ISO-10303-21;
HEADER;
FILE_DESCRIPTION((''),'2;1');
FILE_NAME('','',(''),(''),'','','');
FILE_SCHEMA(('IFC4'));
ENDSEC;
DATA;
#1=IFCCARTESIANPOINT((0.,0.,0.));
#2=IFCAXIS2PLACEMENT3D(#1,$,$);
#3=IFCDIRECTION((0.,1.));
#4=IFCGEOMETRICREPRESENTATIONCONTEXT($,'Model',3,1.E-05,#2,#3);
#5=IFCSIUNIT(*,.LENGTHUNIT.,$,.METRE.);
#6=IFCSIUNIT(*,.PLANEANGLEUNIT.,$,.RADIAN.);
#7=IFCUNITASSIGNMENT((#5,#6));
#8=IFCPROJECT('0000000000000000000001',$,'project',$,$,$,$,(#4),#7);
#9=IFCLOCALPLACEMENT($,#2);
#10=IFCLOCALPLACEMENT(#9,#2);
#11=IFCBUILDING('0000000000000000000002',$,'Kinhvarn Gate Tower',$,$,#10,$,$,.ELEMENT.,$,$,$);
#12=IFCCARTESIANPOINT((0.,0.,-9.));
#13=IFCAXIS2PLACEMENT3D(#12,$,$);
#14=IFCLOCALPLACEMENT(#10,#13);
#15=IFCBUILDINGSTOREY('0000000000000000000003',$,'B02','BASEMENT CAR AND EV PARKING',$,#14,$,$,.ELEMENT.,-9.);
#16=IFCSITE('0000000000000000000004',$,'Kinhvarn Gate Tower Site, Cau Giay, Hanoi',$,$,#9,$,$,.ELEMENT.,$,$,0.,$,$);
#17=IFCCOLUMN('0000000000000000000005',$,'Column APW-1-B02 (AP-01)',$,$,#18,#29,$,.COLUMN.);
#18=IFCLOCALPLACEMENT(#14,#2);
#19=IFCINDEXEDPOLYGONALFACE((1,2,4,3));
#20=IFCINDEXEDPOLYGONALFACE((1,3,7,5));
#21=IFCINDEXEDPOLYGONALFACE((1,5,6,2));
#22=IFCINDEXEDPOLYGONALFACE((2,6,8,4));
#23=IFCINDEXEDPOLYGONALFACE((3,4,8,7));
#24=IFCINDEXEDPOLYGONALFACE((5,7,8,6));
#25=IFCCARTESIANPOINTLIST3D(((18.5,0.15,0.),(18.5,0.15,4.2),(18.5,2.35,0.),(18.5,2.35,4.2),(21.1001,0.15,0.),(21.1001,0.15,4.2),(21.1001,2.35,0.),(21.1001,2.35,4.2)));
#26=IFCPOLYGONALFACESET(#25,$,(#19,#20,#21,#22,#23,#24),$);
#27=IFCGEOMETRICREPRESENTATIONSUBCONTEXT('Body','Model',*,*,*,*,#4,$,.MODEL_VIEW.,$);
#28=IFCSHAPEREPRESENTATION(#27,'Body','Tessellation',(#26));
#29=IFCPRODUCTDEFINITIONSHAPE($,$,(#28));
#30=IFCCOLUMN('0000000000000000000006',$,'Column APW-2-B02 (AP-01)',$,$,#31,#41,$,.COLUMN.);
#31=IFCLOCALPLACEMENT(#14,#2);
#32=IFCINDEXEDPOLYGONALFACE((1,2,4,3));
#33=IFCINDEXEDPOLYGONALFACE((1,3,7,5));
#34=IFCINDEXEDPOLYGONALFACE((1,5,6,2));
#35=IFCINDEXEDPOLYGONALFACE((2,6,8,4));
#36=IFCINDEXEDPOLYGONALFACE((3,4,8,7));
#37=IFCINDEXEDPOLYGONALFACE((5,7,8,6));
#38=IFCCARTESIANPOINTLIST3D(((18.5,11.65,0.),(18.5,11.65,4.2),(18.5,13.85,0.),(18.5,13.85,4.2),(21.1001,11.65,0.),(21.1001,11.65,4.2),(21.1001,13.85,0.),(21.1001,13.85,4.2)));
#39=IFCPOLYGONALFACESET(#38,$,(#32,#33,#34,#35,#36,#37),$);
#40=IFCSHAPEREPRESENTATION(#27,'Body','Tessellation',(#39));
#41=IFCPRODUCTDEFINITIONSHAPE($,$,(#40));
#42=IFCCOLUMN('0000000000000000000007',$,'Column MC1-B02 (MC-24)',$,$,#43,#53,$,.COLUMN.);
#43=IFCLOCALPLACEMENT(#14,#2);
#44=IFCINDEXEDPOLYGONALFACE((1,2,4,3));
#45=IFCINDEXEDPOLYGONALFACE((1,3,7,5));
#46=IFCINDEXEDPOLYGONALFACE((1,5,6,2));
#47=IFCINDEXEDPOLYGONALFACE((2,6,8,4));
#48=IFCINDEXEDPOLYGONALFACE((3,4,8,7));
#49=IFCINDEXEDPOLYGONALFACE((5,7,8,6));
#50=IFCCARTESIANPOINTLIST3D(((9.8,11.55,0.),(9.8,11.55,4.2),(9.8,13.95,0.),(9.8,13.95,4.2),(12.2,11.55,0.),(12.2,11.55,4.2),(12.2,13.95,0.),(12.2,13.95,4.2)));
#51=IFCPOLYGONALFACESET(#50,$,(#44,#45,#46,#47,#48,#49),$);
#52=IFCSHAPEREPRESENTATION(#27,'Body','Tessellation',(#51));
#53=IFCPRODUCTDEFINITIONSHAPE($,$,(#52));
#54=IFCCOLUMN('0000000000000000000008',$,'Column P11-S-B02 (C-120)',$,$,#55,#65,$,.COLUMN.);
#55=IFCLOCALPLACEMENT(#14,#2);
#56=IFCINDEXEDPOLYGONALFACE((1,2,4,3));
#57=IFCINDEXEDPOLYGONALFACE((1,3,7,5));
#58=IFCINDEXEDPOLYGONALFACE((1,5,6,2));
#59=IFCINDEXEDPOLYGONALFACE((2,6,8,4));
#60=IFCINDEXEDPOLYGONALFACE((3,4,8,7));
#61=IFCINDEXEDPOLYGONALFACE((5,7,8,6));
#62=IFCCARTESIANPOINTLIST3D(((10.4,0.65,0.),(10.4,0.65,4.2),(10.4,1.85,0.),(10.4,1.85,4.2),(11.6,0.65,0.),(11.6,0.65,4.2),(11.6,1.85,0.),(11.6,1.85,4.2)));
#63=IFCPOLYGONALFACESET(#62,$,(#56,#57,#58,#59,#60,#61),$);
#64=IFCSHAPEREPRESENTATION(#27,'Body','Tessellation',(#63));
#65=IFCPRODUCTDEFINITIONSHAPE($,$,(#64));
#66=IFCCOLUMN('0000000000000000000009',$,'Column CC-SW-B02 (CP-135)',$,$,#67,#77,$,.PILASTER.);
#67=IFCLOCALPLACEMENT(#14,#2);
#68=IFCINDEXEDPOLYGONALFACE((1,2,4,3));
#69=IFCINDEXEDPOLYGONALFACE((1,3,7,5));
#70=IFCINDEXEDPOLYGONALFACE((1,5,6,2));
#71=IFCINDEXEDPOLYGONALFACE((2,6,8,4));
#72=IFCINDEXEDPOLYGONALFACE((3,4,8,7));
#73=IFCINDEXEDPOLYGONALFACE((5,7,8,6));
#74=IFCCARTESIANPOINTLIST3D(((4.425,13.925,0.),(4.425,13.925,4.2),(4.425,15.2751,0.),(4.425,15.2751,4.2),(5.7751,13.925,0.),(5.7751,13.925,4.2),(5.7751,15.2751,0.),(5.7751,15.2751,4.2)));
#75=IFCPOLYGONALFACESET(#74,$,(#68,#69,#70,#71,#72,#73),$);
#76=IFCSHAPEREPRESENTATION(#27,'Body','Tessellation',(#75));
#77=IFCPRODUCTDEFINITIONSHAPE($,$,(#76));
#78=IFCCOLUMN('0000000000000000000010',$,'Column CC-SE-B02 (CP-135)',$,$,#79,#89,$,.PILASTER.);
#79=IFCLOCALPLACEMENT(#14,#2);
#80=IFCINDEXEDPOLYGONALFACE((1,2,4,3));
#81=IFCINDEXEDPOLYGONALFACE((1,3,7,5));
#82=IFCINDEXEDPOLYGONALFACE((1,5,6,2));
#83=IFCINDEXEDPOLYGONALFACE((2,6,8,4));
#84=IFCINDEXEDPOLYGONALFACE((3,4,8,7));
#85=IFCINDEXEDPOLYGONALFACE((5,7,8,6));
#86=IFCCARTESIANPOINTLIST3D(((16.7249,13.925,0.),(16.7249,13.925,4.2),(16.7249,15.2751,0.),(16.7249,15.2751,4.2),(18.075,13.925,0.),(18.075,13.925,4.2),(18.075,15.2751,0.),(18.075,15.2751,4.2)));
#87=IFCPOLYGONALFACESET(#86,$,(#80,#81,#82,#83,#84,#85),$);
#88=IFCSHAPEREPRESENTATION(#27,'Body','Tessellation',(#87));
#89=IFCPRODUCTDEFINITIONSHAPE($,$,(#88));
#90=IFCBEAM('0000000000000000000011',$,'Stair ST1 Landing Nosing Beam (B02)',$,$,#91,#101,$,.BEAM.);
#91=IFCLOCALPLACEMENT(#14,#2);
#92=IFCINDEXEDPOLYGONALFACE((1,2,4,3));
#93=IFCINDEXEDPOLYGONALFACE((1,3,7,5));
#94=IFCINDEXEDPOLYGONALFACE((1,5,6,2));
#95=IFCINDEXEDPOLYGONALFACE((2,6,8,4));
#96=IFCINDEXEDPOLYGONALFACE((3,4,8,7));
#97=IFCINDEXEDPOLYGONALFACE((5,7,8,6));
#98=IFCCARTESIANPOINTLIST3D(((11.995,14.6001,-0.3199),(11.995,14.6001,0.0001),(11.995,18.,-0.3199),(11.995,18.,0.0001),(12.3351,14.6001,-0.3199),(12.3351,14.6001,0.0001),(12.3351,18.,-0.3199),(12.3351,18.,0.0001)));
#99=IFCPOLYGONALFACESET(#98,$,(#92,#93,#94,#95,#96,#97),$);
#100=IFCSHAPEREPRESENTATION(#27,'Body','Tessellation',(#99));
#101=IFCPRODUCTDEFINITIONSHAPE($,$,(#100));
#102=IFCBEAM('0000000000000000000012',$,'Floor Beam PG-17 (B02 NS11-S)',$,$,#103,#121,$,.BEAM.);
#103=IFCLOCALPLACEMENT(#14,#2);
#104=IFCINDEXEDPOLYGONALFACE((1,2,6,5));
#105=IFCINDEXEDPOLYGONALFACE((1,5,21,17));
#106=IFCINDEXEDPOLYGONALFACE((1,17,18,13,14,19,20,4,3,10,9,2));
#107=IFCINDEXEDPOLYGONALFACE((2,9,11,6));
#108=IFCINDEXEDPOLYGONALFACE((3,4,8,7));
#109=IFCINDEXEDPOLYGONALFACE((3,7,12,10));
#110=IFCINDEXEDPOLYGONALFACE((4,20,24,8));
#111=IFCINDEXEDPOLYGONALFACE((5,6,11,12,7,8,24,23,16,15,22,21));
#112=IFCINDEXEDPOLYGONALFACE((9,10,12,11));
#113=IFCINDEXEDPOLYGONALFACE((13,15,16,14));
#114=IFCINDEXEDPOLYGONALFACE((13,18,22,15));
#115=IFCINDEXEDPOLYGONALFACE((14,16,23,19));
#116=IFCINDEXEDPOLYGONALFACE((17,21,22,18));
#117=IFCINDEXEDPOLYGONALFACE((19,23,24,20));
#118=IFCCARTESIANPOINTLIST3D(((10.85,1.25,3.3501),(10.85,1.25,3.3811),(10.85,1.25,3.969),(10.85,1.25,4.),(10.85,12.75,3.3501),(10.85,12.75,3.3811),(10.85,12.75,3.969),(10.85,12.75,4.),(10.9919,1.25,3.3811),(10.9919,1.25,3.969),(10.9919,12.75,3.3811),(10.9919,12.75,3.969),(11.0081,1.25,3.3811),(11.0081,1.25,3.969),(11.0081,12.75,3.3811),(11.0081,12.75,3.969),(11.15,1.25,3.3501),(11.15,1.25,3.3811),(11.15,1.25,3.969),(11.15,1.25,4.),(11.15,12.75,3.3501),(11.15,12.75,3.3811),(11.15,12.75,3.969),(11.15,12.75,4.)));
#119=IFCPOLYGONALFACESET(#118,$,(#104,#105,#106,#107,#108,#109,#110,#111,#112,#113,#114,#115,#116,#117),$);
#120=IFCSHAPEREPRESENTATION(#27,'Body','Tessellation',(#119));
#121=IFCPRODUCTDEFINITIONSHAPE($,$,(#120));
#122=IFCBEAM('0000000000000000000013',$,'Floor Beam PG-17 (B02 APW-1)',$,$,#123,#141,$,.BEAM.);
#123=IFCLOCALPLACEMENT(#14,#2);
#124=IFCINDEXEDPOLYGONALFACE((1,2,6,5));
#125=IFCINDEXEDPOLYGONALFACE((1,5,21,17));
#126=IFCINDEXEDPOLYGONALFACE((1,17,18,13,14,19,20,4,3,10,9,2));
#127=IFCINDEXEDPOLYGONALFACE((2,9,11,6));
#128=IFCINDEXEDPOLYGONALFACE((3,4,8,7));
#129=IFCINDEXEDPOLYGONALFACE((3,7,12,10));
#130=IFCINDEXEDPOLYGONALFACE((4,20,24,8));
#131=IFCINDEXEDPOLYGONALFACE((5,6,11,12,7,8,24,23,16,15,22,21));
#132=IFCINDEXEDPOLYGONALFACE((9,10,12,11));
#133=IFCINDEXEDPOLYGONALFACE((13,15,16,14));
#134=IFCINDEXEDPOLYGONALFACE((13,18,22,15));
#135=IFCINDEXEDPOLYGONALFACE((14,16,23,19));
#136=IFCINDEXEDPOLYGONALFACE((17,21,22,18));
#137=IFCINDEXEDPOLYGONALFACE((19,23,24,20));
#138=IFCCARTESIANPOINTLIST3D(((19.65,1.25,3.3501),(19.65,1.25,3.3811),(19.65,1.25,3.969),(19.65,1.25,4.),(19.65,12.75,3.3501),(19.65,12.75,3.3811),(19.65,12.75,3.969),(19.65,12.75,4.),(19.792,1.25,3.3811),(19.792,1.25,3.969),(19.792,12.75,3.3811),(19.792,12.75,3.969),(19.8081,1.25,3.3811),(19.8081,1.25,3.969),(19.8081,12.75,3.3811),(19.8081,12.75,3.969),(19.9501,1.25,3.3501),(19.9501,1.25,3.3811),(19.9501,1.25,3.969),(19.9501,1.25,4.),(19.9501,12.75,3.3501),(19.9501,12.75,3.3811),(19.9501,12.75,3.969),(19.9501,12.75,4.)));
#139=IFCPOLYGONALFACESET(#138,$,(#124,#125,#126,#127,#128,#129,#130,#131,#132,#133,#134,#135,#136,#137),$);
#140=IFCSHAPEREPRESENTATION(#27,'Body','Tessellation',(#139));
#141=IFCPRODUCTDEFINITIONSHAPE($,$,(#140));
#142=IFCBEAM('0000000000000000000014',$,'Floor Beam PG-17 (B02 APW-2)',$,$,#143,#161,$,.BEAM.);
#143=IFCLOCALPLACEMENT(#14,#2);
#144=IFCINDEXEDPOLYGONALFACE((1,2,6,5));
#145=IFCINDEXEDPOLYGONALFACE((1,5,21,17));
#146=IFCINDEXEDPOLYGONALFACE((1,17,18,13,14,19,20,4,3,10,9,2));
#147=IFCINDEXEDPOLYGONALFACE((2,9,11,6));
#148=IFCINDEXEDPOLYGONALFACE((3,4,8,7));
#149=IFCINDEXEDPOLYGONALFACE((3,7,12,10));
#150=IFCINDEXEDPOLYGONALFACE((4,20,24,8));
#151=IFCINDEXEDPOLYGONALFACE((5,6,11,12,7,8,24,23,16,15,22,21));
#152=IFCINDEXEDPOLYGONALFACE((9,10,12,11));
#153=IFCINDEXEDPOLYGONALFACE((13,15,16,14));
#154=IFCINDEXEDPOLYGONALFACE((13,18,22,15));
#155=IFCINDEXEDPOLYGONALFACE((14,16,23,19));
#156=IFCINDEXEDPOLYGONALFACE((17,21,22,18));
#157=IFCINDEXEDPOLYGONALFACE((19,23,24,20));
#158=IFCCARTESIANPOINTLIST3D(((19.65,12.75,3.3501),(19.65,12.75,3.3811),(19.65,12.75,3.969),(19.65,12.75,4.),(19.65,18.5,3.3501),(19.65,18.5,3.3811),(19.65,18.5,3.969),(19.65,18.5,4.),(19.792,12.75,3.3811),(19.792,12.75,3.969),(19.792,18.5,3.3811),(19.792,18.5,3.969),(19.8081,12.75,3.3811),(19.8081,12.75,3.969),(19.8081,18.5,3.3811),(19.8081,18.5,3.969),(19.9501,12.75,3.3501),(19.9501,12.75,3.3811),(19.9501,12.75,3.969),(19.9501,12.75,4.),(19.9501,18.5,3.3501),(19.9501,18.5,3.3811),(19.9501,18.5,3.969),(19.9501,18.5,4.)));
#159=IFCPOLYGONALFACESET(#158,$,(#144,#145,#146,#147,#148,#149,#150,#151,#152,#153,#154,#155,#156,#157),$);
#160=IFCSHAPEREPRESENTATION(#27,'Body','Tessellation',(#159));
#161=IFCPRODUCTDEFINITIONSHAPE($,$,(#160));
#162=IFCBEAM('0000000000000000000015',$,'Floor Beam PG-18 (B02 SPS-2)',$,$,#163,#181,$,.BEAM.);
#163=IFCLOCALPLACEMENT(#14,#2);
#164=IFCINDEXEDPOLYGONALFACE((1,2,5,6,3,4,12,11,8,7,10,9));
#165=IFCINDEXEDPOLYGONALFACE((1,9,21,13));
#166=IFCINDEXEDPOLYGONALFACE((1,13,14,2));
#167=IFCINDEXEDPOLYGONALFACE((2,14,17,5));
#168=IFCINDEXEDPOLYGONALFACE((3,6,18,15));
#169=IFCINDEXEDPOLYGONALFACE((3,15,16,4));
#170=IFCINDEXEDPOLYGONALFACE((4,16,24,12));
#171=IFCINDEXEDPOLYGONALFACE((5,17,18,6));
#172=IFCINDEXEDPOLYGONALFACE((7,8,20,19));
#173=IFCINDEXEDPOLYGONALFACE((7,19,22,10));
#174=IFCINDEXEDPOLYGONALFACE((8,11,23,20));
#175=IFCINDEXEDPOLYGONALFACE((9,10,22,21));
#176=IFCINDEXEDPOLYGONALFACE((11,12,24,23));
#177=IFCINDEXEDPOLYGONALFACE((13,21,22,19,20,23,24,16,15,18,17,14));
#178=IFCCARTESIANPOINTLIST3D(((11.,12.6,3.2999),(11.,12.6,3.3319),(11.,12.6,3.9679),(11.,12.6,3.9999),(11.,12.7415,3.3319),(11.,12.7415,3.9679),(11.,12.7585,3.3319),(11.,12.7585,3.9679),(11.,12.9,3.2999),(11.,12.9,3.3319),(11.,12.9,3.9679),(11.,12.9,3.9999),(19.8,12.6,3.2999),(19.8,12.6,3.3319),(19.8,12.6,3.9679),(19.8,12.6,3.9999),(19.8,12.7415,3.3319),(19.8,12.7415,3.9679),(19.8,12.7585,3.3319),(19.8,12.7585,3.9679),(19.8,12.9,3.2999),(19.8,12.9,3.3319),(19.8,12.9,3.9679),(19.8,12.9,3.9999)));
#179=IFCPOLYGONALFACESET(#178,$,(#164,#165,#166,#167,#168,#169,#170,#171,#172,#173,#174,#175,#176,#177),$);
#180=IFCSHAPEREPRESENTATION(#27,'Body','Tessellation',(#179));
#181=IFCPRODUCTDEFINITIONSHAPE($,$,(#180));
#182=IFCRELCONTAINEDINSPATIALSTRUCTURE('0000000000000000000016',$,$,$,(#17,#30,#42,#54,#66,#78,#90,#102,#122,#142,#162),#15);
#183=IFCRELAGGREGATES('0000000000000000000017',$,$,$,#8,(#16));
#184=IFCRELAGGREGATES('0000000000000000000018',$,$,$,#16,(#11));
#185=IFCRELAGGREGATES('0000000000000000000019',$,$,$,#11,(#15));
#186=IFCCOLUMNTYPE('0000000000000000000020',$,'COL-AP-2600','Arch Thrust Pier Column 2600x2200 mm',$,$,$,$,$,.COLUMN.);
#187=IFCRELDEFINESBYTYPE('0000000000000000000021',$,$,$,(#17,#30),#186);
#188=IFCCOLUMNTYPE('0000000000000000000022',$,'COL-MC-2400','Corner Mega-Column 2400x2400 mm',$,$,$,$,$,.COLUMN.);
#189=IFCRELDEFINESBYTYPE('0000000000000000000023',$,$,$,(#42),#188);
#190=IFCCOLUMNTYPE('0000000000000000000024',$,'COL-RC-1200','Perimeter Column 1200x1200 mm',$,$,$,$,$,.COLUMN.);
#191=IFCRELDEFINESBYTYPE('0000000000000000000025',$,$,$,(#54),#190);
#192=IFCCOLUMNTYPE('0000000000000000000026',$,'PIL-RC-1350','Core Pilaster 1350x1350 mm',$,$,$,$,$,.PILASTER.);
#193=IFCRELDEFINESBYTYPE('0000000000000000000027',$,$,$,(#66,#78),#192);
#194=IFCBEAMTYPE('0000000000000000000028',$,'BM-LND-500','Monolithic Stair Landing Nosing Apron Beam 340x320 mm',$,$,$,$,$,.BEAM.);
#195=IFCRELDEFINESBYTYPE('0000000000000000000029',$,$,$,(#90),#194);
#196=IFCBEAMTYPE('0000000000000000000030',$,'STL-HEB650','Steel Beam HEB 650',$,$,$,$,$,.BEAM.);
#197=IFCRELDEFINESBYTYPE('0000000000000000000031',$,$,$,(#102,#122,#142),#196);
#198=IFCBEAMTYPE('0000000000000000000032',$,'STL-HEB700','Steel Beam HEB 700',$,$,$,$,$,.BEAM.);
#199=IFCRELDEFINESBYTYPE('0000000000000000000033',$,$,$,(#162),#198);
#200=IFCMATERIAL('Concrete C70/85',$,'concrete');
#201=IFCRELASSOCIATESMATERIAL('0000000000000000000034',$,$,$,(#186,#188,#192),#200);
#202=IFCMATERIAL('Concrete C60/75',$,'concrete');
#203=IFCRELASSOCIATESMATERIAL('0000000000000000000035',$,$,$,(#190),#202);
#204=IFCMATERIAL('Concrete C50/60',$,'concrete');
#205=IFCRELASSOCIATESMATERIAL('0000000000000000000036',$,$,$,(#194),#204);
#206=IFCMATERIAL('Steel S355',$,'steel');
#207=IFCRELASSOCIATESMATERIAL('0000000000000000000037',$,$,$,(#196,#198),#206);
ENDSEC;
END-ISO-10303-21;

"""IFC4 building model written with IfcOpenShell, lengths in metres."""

from ifc_helpers import new_model, si_unit, direction, frame, origin, origin_2d, place, context, subcontext, project, spatial, rectangle, i_section, extrude, material, material_profile, profile_set, type_object, element, save


model = new_model("IFC4")

# Units and contexts
model_context = context("Model", 3, precision=1e-05, world=origin(), true_north=direction((0.0, 1.0)))
body_context = subcontext(model_context, "Body", "Model", "MODEL_VIEW")
ifc_project = project(units=[si_unit("LENGTHUNIT", "METRE"), si_unit("PLANEANGLEUNIT", "RADIAN")], contexts=[model_context])

# Site, building, storey
site_placement = place(None, origin())
site = spatial("IfcSite", under=ifc_project, at=site_placement, Name="Kinhvarn Gate Tower Site, Cau Giay, Hanoi", CompositionType="ELEMENT", RefElevation=0.0)
building_placement = place(site_placement, origin())
building = spatial("IfcBuilding", under=site, at=building_placement, Name="Kinhvarn Gate Tower", CompositionType="ELEMENT")
storey_placement = place(building_placement, frame((0.0, 0.0, -9.0)))
storey = spatial("IfcBuildingStorey", under=building, at=storey_placement, Name="B02", Description="BASEMENT CAR AND EV PARKING", CompositionType="ELEMENT", Elevation=-9.0)

# Columns
ifc_material_1 = material(Name="Concrete C70/85", Category="concrete")
ifc_material_profile_1 = material_profile(ifc_material_1, rectangle(XDim=2.6001, YDim=2.2, at=origin_2d()), Name="RC 2600x2200")
ifc_profile_set_1 = profile_set([ifc_material_profile_1], Name="Concrete C70/85")
column_type_1 = type_object("IfcColumnType", Name="COL-AP-2600", Description="Arch Thrust Pier Column 2600x2200 mm", PredefinedType="COLUMN", material=ifc_profile_set_1)
for number, where, z_axis, x_axis, name in (
    (1, (19.8, 1.25, 0.0), (0.0, 0.0, 1.0), (1.0, 0.0, 0.0), "Column APW-1-B02 (AP-01)"),
    (2, (19.8, 12.75, 0.0), (0.0, 0.0, 1.0), (1.0, 0.0, 0.0), "Column APW-2-B02 (AP-01)"),
):
    element("IfcColumn", number, at=place(storey_placement, frame(where, z_axis=z_axis, x_axis=x_axis)), inside=storey, type_object=column_type_1, Name=name, PredefinedType="COLUMN", context=body_context, shape_type="SweptSolid", body=[
        extrude(rectangle(XDim=2.6001, YDim=2.2, at=origin_2d()), origin(), (0.0, 0.0, 1.0), 4.2),
    ])
ifc_material_profile_2 = material_profile(ifc_material_1, rectangle(XDim=2.3999, YDim=2.3999, at=origin_2d()), Name="RC 2400x2400")
ifc_profile_set_2 = profile_set([ifc_material_profile_2], Name="Concrete C70/85")
column_type_2 = type_object("IfcColumnType", Name="COL-MC-2400", Description="Corner Mega-Column 2400x2400 mm", PredefinedType="COLUMN", material=ifc_profile_set_2)
column_1_placement = place(storey_placement, frame((11.0, 12.75, 0.0), z_axis=(0.0, 0.0, 1.0), x_axis=(1.0, 0.0, 0.0)))
element("IfcColumn", 3, at=column_1_placement, inside=storey, type_object=column_type_2, Name="Column MC1-B02 (MC-24)", PredefinedType="COLUMN", context=body_context, shape_type="SweptSolid", body=[
    extrude(rectangle(XDim=2.3999, YDim=2.3999, at=origin_2d()), origin(), (0.0, 0.0, 1.0), 4.2),
])
ifc_material_2 = material(Name="Concrete C60/75", Category="concrete")
ifc_material_profile_3 = material_profile(ifc_material_2, rectangle(XDim=1.2, YDim=1.2, at=origin_2d()), Name="RC 1200x1200")
ifc_profile_set_3 = profile_set([ifc_material_profile_3], Name="Concrete C60/75")
column_type_3 = type_object("IfcColumnType", Name="COL-RC-1200", Description="Perimeter Column 1200x1200 mm", PredefinedType="COLUMN", material=ifc_profile_set_3)
column_2_placement = place(storey_placement, frame((11.0, 1.25, 0.0), z_axis=(0.0, 0.0, 1.0), x_axis=(1.0, 0.0, 0.0)))
element("IfcColumn", 4, at=column_2_placement, inside=storey, type_object=column_type_3, Name="Column P11-S-B02 (C-120)", PredefinedType="COLUMN", context=body_context, shape_type="SweptSolid", body=[
    extrude(rectangle(XDim=1.2, YDim=1.2, at=origin_2d()), origin(), (0.0, 0.0, 1.0), 4.2),
])
ifc_material_profile_4 = material_profile(ifc_material_1, rectangle(XDim=1.3501, YDim=1.3501, at=origin_2d()), Name="RC 1350x1350")
ifc_profile_set_4 = profile_set([ifc_material_profile_4], Name="Concrete C70/85")
column_type_4 = type_object("IfcColumnType", Name="PIL-RC-1350", Description="Core Pilaster 1350x1350 mm", PredefinedType="PILASTER", material=ifc_profile_set_4)
for number, where, z_axis, x_axis, name in (
    (5, (5.1001, 14.6001, 0.0), (0.0, 0.0, 1.0), (1.0, 0.0, 0.0), "Column CC-SW-B02 (CP-135)"),
    (6, (17.3999, 14.6001, 0.0), (0.0, 0.0, 1.0), (1.0, 0.0, 0.0), "Column CC-SE-B02 (CP-135)"),
):
    element("IfcColumn", number, at=place(storey_placement, frame(where, z_axis=z_axis, x_axis=x_axis)), inside=storey, type_object=column_type_4, Name=name, PredefinedType="PILASTER", context=body_context, shape_type="SweptSolid", body=[
        extrude(rectangle(XDim=1.3501, YDim=1.3501, at=origin_2d()), origin(), (0.0, 0.0, 1.0), 4.2),
    ])

# Beams
ifc_material_3 = material(Name="Concrete C50/60", Category="concrete")
ifc_material_profile_5 = material_profile(ifc_material_3, rectangle(XDim=0.3401, YDim=0.3201, at=origin_2d()), Name="RC 340x320")
ifc_profile_set_5 = profile_set([ifc_material_profile_5], Name="Concrete C50/60")
beam_type_1 = type_object("IfcBeamType", Name="BM-LND-500", Description="Monolithic Stair Landing Nosing Apron Beam 340x320 mm", PredefinedType="BEAM", material=ifc_profile_set_5)
beam_1_placement = place(storey_placement, frame((12.165, 14.6001, -0.1599), z_axis=(0.0, 1.0, 0.0), x_axis=(-1.0, 0.0, 0.0)))
element("IfcBeam", 7, at=beam_1_placement, inside=storey, type_object=beam_type_1, Name="Stair ST1 Landing Nosing Beam (B02)", PredefinedType="BEAM", context=body_context, shape_type="SweptSolid", body=[
    extrude(rectangle(XDim=0.3401, YDim=0.3201, at=origin_2d()), origin(), (0.0, 0.0, 1.0), 3.3999),
])
ifc_material_4 = material(Name="Steel S355", Category="steel")
ifc_material_profile_6 = material_profile(ifc_material_4, i_section(OverallWidth=0.3, OverallDepth=0.6499, WebThickness=0.0161, FlangeThickness=0.031, at=origin_2d()), Name="HEB 650")
ifc_profile_set_6 = profile_set([ifc_material_profile_6], Name="Steel S355")
beam_type_2 = type_object("IfcBeamType", Name="STL-HEB650", Description="Steel Beam HEB 650", PredefinedType="BEAM", material=ifc_profile_set_6)
for number, where, z_axis, x_axis, name in (
    (8, (11.0, 1.25, 3.675), (0.0, 1.0, 0.0), (-1.0, 0.0, 0.0), "Floor Beam PG-17 (B02 NS11-S)"),
    (9, (19.8, 1.25, 3.675), (0.0, 1.0, 0.0), (-1.0, 0.0, 0.0), "Floor Beam PG-17 (B02 APW-1)"),
):
    element("IfcBeam", number, at=place(storey_placement, frame(where, z_axis=z_axis, x_axis=x_axis)), inside=storey, type_object=beam_type_2, Name=name, PredefinedType="BEAM", context=body_context, shape_type="SweptSolid", body=[
        extrude(i_section(OverallWidth=0.3, OverallDepth=0.6499, WebThickness=0.0161, FlangeThickness=0.031, at=origin_2d()), origin(), (0.0, 0.0, 1.0), 11.5),
    ])
beam_2_placement = place(storey_placement, frame((19.8, 12.75, 3.675), z_axis=(0.0, 1.0, 0.0), x_axis=(-1.0, 0.0, 0.0)))
element("IfcBeam", 10, at=beam_2_placement, inside=storey, type_object=beam_type_2, Name="Floor Beam PG-17 (B02 APW-2)", PredefinedType="BEAM", context=body_context, shape_type="SweptSolid", body=[
    extrude(i_section(OverallWidth=0.3, OverallDepth=0.6499, WebThickness=0.0161, FlangeThickness=0.031, at=origin_2d()), origin(), (0.0, 0.0, 1.0), 5.75),
])
ifc_material_profile_7 = material_profile(ifc_material_4, i_section(OverallWidth=0.3, OverallDepth=0.7, WebThickness=0.0171, FlangeThickness=0.032, at=origin_2d()), Name="HEB 700")
ifc_profile_set_7 = profile_set([ifc_material_profile_7], Name="Steel S355")
beam_type_3 = type_object("IfcBeamType", Name="STL-HEB700", Description="Steel Beam HEB 700", PredefinedType="BEAM", material=ifc_profile_set_7)
beam_3_placement = place(storey_placement, frame((11.0, 12.75, 3.6499), z_axis=(1.0, 0.0, 0.0), x_axis=(0.0, 1.0, 0.0)))
element("IfcBeam", 11, at=beam_3_placement, inside=storey, type_object=beam_type_3, Name="Floor Beam PG-18 (B02 SPS-2)", PredefinedType="BEAM", context=body_context, shape_type="SweptSolid", body=[
    extrude(i_section(OverallWidth=0.3, OverallDepth=0.7, WebThickness=0.0171, FlangeThickness=0.032, at=origin_2d()), origin(), (0.0, 0.0, 1.0), 8.8),
])

save(model, "model.ifc")
